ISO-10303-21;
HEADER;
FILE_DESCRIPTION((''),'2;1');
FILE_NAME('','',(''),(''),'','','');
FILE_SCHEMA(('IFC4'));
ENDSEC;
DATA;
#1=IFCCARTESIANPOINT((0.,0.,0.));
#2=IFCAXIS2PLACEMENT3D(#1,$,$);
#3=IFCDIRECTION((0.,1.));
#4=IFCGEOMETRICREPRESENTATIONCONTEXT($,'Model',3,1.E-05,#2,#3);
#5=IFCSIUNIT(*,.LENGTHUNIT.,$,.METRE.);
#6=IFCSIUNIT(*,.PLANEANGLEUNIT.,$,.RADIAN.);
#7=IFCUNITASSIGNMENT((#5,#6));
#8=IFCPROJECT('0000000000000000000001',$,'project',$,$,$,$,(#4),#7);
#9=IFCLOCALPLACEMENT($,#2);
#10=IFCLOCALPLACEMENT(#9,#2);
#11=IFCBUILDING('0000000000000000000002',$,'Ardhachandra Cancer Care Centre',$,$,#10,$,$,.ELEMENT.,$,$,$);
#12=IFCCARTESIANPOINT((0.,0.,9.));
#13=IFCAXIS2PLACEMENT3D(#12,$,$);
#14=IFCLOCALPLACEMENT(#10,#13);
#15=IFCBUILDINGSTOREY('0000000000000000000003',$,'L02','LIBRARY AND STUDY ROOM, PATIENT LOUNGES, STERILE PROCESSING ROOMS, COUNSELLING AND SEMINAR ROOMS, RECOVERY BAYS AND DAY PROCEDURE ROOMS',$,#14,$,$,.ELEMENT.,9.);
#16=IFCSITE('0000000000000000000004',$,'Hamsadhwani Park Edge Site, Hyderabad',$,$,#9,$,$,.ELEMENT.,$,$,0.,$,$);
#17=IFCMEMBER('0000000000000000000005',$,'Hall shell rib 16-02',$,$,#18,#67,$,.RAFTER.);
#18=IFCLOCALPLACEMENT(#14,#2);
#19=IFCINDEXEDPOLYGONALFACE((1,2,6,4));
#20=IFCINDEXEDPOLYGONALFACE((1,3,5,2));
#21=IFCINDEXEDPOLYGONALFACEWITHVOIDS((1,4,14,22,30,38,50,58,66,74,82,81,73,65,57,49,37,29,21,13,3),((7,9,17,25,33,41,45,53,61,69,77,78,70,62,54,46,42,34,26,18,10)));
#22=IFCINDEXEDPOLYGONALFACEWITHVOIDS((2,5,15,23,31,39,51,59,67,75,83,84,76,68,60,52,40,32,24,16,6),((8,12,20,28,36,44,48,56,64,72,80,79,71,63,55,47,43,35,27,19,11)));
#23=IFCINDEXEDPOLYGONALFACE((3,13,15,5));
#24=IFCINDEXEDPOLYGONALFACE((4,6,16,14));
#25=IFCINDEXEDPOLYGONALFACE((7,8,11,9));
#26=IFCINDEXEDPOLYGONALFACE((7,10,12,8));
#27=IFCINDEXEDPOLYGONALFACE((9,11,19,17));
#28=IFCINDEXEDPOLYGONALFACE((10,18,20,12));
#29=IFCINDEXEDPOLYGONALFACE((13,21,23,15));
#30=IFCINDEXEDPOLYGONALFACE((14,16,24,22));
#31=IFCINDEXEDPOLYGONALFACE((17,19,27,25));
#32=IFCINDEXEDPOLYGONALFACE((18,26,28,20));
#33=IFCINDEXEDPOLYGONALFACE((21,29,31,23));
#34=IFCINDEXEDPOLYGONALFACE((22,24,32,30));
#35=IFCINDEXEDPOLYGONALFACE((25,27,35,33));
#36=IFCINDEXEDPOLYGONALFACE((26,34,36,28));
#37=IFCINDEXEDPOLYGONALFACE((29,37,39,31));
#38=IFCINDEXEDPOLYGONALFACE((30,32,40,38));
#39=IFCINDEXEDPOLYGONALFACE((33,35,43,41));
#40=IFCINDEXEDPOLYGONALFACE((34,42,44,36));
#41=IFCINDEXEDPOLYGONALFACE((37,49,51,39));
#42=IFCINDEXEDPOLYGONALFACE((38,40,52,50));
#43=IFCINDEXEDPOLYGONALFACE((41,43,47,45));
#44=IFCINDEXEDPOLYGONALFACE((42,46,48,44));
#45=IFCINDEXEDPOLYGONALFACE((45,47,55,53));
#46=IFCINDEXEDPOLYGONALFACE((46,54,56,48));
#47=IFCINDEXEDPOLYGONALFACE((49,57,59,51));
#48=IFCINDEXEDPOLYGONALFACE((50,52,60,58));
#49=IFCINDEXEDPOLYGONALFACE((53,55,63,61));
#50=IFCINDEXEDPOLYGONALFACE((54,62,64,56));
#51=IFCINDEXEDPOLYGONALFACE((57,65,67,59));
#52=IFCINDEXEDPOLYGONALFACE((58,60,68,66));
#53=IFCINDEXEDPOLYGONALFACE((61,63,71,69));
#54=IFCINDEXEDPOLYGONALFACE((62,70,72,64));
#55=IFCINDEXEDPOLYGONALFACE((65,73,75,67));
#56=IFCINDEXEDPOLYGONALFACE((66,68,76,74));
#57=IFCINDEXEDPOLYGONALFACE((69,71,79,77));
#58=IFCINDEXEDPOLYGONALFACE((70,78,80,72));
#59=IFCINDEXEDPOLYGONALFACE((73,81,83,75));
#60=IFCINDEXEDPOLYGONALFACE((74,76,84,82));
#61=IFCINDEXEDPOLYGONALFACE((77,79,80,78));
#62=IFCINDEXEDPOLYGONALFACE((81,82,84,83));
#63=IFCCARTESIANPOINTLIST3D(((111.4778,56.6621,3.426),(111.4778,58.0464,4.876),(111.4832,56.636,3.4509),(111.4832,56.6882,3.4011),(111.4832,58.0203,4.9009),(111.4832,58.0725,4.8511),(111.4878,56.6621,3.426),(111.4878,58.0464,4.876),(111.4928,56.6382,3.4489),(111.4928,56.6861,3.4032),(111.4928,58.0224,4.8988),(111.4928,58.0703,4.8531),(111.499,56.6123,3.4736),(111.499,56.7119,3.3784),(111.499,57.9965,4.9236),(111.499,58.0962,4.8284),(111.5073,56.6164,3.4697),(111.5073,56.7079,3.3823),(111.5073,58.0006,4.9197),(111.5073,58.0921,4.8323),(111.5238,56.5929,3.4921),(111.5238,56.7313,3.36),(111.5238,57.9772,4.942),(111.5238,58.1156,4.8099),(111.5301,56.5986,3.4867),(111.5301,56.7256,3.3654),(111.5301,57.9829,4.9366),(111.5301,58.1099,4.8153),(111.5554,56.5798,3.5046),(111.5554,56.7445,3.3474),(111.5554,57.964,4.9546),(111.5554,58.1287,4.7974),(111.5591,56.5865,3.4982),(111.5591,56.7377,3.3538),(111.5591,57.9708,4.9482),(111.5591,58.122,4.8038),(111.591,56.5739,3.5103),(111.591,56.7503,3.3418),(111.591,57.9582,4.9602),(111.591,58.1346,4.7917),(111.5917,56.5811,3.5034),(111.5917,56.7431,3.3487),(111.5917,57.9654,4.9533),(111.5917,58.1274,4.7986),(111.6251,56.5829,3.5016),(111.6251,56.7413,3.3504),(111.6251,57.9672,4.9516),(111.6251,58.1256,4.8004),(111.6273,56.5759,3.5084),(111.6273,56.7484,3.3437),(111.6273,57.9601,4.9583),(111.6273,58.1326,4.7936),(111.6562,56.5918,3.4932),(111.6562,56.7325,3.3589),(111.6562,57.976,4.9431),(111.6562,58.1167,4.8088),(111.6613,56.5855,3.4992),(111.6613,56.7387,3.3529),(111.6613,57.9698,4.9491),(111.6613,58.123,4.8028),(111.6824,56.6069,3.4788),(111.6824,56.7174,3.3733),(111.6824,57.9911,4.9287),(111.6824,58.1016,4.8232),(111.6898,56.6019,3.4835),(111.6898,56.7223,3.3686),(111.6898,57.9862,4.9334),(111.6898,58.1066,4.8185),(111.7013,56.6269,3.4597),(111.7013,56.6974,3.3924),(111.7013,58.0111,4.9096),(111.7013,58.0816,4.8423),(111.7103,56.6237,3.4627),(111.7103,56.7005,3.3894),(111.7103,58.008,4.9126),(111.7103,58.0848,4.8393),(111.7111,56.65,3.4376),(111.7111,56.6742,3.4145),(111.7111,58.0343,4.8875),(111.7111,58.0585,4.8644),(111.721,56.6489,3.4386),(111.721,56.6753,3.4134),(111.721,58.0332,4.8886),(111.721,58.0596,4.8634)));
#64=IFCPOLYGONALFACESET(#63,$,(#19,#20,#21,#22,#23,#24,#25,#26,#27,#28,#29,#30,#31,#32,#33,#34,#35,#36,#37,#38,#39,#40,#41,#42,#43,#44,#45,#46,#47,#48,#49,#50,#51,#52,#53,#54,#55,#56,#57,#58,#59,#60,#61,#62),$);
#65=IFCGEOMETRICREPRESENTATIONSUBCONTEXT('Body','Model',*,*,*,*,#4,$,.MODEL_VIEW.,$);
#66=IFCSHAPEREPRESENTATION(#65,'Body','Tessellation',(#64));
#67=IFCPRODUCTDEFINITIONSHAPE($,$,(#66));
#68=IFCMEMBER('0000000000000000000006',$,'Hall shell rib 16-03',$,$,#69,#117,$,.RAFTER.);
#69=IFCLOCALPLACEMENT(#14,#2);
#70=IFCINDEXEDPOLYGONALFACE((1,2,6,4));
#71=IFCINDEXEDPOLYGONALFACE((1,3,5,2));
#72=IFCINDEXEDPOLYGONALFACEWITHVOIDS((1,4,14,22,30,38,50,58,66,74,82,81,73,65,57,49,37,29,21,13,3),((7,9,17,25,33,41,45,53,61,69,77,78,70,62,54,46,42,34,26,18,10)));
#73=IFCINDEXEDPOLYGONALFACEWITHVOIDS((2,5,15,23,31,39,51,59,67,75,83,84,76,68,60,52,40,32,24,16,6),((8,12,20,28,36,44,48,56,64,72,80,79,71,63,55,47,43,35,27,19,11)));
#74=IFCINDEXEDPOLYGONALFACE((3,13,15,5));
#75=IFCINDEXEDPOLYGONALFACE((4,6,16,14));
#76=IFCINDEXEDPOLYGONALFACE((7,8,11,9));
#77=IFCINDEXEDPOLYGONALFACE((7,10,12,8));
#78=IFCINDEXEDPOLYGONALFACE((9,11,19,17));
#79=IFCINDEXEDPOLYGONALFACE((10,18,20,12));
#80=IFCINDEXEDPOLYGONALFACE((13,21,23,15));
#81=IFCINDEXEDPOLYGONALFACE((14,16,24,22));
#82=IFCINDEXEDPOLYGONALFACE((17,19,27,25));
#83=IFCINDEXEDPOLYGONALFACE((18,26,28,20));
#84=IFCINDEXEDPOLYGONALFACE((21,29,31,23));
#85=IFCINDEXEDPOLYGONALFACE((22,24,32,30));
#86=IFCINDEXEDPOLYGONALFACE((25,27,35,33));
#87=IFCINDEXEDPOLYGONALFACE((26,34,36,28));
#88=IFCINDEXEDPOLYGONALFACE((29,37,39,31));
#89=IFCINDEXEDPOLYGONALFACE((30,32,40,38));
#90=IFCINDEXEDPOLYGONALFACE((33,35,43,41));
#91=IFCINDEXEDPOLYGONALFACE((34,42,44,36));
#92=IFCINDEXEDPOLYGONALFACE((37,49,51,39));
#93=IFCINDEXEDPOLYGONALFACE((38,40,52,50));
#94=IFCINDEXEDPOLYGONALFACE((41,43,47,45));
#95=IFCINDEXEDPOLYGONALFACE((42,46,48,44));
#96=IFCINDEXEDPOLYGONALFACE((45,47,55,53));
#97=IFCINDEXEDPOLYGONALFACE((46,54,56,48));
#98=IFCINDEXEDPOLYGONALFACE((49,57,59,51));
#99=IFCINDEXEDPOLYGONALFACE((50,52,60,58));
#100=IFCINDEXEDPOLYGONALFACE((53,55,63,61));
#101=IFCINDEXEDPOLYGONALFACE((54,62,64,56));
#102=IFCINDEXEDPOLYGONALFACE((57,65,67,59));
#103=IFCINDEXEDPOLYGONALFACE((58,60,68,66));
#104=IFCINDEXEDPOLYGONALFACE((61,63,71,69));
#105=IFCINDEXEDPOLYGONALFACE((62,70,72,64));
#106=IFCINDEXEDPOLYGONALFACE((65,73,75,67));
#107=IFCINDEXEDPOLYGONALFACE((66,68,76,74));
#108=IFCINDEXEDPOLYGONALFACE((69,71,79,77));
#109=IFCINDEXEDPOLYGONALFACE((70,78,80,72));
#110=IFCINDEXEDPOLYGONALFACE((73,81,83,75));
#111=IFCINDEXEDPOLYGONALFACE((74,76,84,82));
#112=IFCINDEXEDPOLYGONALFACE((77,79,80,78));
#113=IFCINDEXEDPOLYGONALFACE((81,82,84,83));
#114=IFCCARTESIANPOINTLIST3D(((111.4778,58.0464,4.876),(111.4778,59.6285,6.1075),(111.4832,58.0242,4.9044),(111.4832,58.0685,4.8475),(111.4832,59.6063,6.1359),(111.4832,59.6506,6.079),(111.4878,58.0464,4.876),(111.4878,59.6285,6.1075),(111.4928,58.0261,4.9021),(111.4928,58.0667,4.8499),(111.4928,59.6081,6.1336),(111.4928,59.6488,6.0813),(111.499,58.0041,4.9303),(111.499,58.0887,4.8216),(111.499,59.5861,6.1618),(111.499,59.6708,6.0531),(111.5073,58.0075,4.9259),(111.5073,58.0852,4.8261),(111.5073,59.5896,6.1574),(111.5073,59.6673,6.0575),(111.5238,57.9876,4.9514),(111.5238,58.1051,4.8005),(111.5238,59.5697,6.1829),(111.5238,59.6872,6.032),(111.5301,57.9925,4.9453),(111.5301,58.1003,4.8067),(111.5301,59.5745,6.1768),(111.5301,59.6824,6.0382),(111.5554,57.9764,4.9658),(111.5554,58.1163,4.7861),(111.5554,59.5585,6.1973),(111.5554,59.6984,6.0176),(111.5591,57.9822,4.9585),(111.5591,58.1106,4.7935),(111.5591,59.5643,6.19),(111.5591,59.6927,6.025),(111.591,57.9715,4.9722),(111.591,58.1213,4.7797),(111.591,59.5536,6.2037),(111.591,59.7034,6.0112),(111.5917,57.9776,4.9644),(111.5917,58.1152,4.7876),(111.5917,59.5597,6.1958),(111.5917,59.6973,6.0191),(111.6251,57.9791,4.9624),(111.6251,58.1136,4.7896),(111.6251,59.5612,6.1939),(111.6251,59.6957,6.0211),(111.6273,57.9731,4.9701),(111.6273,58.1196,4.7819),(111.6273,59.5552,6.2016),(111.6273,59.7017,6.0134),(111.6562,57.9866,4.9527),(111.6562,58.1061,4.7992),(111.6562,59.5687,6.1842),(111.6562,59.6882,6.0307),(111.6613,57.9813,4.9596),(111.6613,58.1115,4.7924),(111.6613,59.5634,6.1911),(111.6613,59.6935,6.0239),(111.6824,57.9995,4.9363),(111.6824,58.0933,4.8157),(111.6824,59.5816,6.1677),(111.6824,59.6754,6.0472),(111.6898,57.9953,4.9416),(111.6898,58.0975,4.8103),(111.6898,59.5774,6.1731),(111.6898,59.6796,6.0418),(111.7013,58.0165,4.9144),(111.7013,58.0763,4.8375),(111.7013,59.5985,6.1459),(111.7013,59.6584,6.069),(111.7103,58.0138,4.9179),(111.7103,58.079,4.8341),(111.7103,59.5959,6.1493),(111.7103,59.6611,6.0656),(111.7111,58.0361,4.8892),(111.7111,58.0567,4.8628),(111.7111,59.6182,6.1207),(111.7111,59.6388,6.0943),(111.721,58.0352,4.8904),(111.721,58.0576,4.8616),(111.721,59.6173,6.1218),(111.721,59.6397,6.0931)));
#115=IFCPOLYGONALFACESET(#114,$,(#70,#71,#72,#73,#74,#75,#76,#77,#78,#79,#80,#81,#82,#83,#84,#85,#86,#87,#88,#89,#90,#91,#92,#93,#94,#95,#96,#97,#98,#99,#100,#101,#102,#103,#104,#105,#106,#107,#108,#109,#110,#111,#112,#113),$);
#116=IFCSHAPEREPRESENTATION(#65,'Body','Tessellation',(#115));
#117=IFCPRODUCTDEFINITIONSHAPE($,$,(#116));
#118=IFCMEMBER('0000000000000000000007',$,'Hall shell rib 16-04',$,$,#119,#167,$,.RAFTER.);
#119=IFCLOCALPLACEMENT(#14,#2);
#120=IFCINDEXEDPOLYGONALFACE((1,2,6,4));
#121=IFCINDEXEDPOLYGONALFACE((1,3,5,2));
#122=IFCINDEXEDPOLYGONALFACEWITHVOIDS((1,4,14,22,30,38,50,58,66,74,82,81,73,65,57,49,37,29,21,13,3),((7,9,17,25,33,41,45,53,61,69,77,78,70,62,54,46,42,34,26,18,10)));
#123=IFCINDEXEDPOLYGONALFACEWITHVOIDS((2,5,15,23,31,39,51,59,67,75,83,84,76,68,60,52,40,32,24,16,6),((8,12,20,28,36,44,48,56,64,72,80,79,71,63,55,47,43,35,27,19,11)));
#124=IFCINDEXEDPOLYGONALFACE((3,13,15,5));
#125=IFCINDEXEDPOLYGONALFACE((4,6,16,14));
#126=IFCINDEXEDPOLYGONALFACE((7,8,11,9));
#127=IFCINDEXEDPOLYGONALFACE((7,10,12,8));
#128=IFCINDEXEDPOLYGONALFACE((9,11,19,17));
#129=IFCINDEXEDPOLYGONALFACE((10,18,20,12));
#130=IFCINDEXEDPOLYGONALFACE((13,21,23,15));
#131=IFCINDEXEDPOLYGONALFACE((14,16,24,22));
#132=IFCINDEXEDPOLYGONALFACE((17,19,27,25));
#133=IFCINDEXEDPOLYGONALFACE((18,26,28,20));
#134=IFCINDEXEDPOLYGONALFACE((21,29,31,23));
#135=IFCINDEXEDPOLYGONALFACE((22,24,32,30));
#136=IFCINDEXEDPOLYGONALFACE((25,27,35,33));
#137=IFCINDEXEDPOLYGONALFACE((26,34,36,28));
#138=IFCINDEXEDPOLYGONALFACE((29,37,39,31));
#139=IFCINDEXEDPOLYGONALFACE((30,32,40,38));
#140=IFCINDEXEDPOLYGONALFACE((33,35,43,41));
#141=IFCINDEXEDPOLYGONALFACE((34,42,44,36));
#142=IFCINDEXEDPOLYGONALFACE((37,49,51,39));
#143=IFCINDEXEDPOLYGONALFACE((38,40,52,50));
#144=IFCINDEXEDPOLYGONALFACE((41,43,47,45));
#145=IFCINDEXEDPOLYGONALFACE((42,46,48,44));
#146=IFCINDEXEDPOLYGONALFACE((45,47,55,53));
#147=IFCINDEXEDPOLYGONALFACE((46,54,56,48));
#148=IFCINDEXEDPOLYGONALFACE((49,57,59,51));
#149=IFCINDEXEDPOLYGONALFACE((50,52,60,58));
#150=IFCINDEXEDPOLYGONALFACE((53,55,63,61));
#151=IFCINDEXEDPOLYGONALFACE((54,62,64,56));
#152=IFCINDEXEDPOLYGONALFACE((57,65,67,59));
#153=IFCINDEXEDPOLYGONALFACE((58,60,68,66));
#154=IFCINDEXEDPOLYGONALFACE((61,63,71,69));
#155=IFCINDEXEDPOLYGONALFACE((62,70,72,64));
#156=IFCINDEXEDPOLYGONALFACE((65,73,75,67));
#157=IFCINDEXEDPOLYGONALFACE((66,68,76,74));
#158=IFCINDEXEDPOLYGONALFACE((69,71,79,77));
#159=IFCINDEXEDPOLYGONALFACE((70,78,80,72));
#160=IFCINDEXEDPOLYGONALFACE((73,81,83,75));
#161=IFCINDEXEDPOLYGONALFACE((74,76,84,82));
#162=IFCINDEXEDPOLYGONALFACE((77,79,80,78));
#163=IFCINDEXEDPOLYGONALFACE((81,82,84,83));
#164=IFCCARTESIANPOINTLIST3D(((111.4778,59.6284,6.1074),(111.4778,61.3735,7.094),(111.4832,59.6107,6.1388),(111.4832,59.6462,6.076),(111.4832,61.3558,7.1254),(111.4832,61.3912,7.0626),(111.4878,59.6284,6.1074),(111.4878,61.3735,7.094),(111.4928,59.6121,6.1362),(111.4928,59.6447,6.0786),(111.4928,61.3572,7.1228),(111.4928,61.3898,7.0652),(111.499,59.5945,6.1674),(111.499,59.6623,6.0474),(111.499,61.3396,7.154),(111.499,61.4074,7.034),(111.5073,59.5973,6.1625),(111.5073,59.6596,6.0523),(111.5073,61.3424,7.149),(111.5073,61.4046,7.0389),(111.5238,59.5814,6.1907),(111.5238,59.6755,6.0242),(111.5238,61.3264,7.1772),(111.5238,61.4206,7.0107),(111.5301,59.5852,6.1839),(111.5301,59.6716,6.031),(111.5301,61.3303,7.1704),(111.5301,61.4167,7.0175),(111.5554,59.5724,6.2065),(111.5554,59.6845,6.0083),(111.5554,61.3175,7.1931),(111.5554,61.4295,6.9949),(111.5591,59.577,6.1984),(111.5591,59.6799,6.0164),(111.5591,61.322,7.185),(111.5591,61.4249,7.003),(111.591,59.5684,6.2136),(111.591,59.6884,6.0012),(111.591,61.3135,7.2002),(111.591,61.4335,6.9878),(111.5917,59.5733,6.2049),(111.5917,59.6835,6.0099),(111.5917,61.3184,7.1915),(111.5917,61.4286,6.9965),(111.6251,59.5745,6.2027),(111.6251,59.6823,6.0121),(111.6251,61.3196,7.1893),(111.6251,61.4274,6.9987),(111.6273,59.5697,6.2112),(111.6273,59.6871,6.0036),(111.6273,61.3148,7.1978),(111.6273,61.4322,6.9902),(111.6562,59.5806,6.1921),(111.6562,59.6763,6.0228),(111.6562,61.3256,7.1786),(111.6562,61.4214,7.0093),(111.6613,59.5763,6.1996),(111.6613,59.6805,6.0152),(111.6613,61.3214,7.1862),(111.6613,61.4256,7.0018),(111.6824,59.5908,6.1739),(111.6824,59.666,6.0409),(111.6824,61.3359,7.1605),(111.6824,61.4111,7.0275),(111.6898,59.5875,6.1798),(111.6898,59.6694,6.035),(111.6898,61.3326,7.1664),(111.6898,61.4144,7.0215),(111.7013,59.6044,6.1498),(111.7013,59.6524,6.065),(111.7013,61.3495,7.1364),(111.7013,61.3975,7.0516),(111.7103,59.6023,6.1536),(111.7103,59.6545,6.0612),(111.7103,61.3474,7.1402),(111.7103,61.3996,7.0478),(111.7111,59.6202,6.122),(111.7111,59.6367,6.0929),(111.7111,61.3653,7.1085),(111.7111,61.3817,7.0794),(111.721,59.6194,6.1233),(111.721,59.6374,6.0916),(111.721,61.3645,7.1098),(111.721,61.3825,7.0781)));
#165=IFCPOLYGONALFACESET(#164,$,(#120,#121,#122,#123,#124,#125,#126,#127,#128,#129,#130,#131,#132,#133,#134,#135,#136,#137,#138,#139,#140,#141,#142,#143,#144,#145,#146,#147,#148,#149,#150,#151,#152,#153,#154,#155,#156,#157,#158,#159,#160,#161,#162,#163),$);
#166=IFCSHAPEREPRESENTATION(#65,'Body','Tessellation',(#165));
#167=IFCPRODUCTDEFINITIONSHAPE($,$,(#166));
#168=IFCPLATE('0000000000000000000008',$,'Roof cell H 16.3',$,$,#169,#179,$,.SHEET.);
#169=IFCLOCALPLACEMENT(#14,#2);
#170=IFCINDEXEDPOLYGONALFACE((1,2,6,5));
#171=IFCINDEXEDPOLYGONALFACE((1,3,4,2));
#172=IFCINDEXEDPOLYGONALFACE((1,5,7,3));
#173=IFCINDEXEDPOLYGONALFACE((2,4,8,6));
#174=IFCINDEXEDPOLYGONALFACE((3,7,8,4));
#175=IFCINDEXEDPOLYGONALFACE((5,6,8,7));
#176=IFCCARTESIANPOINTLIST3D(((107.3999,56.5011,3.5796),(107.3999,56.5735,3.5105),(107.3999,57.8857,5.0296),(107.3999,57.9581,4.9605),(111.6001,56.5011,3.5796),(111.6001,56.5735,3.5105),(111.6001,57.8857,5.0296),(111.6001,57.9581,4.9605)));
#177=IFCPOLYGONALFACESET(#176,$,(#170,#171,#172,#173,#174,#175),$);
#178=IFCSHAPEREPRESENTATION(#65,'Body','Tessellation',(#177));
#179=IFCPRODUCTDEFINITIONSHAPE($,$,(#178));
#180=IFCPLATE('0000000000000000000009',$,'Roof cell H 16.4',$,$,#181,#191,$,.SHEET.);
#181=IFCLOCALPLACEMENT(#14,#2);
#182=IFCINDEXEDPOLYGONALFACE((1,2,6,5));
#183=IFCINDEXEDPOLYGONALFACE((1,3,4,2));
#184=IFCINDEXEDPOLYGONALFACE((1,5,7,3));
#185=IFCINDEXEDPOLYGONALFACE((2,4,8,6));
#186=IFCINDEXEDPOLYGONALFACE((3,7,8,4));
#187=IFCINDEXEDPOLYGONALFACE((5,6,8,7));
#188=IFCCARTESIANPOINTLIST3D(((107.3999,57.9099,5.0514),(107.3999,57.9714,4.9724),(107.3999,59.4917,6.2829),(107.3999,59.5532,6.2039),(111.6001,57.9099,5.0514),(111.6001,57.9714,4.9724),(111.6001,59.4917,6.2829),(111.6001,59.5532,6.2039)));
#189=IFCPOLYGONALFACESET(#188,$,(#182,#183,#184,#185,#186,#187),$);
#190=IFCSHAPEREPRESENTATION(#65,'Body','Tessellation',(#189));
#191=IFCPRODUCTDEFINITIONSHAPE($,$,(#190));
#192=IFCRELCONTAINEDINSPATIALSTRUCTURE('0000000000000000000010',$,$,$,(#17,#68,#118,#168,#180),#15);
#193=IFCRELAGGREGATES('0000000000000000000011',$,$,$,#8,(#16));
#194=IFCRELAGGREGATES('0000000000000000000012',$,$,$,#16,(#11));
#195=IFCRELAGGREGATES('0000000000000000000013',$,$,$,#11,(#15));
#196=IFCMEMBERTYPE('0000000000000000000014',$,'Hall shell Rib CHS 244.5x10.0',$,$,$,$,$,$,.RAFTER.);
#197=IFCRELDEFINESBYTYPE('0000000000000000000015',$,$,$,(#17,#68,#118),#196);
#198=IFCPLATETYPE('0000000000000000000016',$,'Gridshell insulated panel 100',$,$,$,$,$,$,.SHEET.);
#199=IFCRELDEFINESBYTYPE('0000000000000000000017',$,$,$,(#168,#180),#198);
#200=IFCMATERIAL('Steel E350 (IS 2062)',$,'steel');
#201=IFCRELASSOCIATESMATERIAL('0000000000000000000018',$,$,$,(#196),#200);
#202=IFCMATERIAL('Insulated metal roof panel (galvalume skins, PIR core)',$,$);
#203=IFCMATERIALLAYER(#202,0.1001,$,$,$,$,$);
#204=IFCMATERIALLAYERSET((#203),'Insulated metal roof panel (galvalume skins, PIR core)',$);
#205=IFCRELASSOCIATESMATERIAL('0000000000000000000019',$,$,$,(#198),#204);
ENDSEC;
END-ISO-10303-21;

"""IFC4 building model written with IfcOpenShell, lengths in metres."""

from ifc_helpers import new_model, si_unit, direction, frame, origin, origin_2d, place, context, subcontext, project, spatial, polyline, hollow_circle, outline, extrude, material, layer, layer_set, material_profile, profile_set, type_object, element, save


model = new_model("IFC4")

# Units and contexts
model_context = context("Model", 3, precision=1e-05, world=origin(), true_north=direction((0.0, 1.0)))
body_context = subcontext(model_context, "Body", "Model", "MODEL_VIEW")
ifc_project = project(units=[si_unit("LENGTHUNIT", "METRE"), si_unit("PLANEANGLEUNIT", "RADIAN")], contexts=[model_context])

# Site, building, storey
site_placement = place(None, origin())
site = spatial("IfcSite", under=ifc_project, at=site_placement, Name="Hamsadhwani Park Edge Site, Hyderabad", CompositionType="ELEMENT", RefElevation=0.0)
building_placement = place(site_placement, origin())
building = spatial("IfcBuilding", under=site, at=building_placement, Name="Ardhachandra Cancer Care Centre", CompositionType="ELEMENT")
storey_placement = place(building_placement, frame((0.0, 0.0, 9.0)))
storey = spatial("IfcBuildingStorey", under=building, at=storey_placement, Name="L02", Description="LIBRARY AND STUDY ROOM, PATIENT LOUNGES, STERILE PROCESSING ROOMS, COUNSELLING AND SEMINAR ROOMS, RECOVERY BAYS AND DAY PROCEDURE ROOMS", CompositionType="ELEMENT", Elevation=9.0)

# Members
ifc_material_1 = material(Name="Steel E350 (IS 2062)", Category="steel")
ifc_material_profile_1 = material_profile(ifc_material_1, hollow_circle(Radius=0.1223, WallThickness=0.01, at=origin_2d()), Name="CHS 244.5x10.0")
ifc_profile_set_1 = profile_set([ifc_material_profile_1], Name="Steel E350 (IS 2062)")
member_type_1 = type_object("IfcMemberType", Name="Hall shell Rib CHS 244.5x10.0", PredefinedType="RAFTER", material=ifc_profile_set_1)
member_1_placement = place(storey_placement, frame((111.6001, 56.6621, 3.426), z_axis=(0.0, 0.690537, 0.723297), x_axis=(-1.0, 0.0, 0.0)))
element("IfcMember", 1, at=member_1_placement, inside=storey, type_object=member_type_1, Name="Hall shell rib 16-02", PredefinedType="RAFTER", context=body_context, shape_type="SweptSolid", body=[
    extrude(hollow_circle(Radius=0.1223, WallThickness=0.01, at=origin_2d()), origin(), (0.0, 0.0, 1.0), 2.0046),
])
member_2_placement = place(storey_placement, frame((111.6001, 58.0464, 4.876), z_axis=(0.0, 0.789116, 0.614244), x_axis=(-1.0, 0.0, 0.0)))
element("IfcMember", 2, at=member_2_placement, inside=storey, type_object=member_type_1, Name="Hall shell rib 16-03", PredefinedType="RAFTER", context=body_context, shape_type="SweptSolid", body=[
    extrude(hollow_circle(Radius=0.1223, WallThickness=0.01, at=origin_2d()), origin(), (0.0, 0.0, 1.0), 2.0049),
])
member_3_placement = place(storey_placement, frame((111.6001, 59.6284, 6.1074), z_axis=(0.0, 0.87052, 0.492134), x_axis=(-1.0, 0.0, 0.0)))
element("IfcMember", 3, at=member_3_placement, inside=storey, type_object=member_type_1, Name="Hall shell rib 16-04", PredefinedType="RAFTER", context=body_context, shape_type="SweptSolid", body=[
    extrude(hollow_circle(Radius=0.1223, WallThickness=0.01, at=origin_2d()), origin(), (0.0, 0.0, 1.0), 2.0046),
])

# Plates
ifc_material_2 = material(Name="Insulated metal roof panel (galvalume skins, PIR core)")
ifc_layer = layer(ifc_material_2, 0.1001)
ifc_layer_set = layer_set([ifc_layer], Name="Insulated metal roof panel (galvalume skins, PIR core)")
plate_type = type_object("IfcPlateType", Name="Gridshell insulated panel 100", PredefinedType="SHEET", material=ifc_layer_set)
plate_1_placement = place(storey_placement, frame((107.3999, 56.5735, 3.5105), z_axis=(0.0, -0.723237, 0.6906), x_axis=(1.0, 0.0, 0.0)))
element("IfcPlate", 4, at=plate_1_placement, inside=storey, type_object=plate_type, Name="Roof cell H 16.3", PredefinedType="SHEET", context=body_context, shape_type="SweptSolid", body=[
    extrude(outline(polyline([(0.0, 0.0), (4.2002, 0.0), (4.2002, 2.0049), (0.0, 2.0049), (0.0, 0.0)])), origin(), (0.0, 0.0, 1.0), 0.1001),
])
plate_2_placement = place(storey_placement, frame((107.3999, 57.9714, 4.9724), z_axis=(0.0, -0.614303, 0.78907), x_axis=(1.0, 0.0, 0.0)))
element("IfcPlate", 5, at=plate_2_placement, inside=storey, type_object=plate_type, Name="Roof cell H 16.4", PredefinedType="SHEET", context=body_context, shape_type="SweptSolid", body=[
    extrude(outline(polyline([(0.0, 0.0), (4.2002, 0.0), (4.2002, 2.0046), (0.0, 2.0046), (0.0, 0.0)])), origin(), (0.0, 0.0, 1.0), 0.1001),
])

save(model, "model.ifc")
